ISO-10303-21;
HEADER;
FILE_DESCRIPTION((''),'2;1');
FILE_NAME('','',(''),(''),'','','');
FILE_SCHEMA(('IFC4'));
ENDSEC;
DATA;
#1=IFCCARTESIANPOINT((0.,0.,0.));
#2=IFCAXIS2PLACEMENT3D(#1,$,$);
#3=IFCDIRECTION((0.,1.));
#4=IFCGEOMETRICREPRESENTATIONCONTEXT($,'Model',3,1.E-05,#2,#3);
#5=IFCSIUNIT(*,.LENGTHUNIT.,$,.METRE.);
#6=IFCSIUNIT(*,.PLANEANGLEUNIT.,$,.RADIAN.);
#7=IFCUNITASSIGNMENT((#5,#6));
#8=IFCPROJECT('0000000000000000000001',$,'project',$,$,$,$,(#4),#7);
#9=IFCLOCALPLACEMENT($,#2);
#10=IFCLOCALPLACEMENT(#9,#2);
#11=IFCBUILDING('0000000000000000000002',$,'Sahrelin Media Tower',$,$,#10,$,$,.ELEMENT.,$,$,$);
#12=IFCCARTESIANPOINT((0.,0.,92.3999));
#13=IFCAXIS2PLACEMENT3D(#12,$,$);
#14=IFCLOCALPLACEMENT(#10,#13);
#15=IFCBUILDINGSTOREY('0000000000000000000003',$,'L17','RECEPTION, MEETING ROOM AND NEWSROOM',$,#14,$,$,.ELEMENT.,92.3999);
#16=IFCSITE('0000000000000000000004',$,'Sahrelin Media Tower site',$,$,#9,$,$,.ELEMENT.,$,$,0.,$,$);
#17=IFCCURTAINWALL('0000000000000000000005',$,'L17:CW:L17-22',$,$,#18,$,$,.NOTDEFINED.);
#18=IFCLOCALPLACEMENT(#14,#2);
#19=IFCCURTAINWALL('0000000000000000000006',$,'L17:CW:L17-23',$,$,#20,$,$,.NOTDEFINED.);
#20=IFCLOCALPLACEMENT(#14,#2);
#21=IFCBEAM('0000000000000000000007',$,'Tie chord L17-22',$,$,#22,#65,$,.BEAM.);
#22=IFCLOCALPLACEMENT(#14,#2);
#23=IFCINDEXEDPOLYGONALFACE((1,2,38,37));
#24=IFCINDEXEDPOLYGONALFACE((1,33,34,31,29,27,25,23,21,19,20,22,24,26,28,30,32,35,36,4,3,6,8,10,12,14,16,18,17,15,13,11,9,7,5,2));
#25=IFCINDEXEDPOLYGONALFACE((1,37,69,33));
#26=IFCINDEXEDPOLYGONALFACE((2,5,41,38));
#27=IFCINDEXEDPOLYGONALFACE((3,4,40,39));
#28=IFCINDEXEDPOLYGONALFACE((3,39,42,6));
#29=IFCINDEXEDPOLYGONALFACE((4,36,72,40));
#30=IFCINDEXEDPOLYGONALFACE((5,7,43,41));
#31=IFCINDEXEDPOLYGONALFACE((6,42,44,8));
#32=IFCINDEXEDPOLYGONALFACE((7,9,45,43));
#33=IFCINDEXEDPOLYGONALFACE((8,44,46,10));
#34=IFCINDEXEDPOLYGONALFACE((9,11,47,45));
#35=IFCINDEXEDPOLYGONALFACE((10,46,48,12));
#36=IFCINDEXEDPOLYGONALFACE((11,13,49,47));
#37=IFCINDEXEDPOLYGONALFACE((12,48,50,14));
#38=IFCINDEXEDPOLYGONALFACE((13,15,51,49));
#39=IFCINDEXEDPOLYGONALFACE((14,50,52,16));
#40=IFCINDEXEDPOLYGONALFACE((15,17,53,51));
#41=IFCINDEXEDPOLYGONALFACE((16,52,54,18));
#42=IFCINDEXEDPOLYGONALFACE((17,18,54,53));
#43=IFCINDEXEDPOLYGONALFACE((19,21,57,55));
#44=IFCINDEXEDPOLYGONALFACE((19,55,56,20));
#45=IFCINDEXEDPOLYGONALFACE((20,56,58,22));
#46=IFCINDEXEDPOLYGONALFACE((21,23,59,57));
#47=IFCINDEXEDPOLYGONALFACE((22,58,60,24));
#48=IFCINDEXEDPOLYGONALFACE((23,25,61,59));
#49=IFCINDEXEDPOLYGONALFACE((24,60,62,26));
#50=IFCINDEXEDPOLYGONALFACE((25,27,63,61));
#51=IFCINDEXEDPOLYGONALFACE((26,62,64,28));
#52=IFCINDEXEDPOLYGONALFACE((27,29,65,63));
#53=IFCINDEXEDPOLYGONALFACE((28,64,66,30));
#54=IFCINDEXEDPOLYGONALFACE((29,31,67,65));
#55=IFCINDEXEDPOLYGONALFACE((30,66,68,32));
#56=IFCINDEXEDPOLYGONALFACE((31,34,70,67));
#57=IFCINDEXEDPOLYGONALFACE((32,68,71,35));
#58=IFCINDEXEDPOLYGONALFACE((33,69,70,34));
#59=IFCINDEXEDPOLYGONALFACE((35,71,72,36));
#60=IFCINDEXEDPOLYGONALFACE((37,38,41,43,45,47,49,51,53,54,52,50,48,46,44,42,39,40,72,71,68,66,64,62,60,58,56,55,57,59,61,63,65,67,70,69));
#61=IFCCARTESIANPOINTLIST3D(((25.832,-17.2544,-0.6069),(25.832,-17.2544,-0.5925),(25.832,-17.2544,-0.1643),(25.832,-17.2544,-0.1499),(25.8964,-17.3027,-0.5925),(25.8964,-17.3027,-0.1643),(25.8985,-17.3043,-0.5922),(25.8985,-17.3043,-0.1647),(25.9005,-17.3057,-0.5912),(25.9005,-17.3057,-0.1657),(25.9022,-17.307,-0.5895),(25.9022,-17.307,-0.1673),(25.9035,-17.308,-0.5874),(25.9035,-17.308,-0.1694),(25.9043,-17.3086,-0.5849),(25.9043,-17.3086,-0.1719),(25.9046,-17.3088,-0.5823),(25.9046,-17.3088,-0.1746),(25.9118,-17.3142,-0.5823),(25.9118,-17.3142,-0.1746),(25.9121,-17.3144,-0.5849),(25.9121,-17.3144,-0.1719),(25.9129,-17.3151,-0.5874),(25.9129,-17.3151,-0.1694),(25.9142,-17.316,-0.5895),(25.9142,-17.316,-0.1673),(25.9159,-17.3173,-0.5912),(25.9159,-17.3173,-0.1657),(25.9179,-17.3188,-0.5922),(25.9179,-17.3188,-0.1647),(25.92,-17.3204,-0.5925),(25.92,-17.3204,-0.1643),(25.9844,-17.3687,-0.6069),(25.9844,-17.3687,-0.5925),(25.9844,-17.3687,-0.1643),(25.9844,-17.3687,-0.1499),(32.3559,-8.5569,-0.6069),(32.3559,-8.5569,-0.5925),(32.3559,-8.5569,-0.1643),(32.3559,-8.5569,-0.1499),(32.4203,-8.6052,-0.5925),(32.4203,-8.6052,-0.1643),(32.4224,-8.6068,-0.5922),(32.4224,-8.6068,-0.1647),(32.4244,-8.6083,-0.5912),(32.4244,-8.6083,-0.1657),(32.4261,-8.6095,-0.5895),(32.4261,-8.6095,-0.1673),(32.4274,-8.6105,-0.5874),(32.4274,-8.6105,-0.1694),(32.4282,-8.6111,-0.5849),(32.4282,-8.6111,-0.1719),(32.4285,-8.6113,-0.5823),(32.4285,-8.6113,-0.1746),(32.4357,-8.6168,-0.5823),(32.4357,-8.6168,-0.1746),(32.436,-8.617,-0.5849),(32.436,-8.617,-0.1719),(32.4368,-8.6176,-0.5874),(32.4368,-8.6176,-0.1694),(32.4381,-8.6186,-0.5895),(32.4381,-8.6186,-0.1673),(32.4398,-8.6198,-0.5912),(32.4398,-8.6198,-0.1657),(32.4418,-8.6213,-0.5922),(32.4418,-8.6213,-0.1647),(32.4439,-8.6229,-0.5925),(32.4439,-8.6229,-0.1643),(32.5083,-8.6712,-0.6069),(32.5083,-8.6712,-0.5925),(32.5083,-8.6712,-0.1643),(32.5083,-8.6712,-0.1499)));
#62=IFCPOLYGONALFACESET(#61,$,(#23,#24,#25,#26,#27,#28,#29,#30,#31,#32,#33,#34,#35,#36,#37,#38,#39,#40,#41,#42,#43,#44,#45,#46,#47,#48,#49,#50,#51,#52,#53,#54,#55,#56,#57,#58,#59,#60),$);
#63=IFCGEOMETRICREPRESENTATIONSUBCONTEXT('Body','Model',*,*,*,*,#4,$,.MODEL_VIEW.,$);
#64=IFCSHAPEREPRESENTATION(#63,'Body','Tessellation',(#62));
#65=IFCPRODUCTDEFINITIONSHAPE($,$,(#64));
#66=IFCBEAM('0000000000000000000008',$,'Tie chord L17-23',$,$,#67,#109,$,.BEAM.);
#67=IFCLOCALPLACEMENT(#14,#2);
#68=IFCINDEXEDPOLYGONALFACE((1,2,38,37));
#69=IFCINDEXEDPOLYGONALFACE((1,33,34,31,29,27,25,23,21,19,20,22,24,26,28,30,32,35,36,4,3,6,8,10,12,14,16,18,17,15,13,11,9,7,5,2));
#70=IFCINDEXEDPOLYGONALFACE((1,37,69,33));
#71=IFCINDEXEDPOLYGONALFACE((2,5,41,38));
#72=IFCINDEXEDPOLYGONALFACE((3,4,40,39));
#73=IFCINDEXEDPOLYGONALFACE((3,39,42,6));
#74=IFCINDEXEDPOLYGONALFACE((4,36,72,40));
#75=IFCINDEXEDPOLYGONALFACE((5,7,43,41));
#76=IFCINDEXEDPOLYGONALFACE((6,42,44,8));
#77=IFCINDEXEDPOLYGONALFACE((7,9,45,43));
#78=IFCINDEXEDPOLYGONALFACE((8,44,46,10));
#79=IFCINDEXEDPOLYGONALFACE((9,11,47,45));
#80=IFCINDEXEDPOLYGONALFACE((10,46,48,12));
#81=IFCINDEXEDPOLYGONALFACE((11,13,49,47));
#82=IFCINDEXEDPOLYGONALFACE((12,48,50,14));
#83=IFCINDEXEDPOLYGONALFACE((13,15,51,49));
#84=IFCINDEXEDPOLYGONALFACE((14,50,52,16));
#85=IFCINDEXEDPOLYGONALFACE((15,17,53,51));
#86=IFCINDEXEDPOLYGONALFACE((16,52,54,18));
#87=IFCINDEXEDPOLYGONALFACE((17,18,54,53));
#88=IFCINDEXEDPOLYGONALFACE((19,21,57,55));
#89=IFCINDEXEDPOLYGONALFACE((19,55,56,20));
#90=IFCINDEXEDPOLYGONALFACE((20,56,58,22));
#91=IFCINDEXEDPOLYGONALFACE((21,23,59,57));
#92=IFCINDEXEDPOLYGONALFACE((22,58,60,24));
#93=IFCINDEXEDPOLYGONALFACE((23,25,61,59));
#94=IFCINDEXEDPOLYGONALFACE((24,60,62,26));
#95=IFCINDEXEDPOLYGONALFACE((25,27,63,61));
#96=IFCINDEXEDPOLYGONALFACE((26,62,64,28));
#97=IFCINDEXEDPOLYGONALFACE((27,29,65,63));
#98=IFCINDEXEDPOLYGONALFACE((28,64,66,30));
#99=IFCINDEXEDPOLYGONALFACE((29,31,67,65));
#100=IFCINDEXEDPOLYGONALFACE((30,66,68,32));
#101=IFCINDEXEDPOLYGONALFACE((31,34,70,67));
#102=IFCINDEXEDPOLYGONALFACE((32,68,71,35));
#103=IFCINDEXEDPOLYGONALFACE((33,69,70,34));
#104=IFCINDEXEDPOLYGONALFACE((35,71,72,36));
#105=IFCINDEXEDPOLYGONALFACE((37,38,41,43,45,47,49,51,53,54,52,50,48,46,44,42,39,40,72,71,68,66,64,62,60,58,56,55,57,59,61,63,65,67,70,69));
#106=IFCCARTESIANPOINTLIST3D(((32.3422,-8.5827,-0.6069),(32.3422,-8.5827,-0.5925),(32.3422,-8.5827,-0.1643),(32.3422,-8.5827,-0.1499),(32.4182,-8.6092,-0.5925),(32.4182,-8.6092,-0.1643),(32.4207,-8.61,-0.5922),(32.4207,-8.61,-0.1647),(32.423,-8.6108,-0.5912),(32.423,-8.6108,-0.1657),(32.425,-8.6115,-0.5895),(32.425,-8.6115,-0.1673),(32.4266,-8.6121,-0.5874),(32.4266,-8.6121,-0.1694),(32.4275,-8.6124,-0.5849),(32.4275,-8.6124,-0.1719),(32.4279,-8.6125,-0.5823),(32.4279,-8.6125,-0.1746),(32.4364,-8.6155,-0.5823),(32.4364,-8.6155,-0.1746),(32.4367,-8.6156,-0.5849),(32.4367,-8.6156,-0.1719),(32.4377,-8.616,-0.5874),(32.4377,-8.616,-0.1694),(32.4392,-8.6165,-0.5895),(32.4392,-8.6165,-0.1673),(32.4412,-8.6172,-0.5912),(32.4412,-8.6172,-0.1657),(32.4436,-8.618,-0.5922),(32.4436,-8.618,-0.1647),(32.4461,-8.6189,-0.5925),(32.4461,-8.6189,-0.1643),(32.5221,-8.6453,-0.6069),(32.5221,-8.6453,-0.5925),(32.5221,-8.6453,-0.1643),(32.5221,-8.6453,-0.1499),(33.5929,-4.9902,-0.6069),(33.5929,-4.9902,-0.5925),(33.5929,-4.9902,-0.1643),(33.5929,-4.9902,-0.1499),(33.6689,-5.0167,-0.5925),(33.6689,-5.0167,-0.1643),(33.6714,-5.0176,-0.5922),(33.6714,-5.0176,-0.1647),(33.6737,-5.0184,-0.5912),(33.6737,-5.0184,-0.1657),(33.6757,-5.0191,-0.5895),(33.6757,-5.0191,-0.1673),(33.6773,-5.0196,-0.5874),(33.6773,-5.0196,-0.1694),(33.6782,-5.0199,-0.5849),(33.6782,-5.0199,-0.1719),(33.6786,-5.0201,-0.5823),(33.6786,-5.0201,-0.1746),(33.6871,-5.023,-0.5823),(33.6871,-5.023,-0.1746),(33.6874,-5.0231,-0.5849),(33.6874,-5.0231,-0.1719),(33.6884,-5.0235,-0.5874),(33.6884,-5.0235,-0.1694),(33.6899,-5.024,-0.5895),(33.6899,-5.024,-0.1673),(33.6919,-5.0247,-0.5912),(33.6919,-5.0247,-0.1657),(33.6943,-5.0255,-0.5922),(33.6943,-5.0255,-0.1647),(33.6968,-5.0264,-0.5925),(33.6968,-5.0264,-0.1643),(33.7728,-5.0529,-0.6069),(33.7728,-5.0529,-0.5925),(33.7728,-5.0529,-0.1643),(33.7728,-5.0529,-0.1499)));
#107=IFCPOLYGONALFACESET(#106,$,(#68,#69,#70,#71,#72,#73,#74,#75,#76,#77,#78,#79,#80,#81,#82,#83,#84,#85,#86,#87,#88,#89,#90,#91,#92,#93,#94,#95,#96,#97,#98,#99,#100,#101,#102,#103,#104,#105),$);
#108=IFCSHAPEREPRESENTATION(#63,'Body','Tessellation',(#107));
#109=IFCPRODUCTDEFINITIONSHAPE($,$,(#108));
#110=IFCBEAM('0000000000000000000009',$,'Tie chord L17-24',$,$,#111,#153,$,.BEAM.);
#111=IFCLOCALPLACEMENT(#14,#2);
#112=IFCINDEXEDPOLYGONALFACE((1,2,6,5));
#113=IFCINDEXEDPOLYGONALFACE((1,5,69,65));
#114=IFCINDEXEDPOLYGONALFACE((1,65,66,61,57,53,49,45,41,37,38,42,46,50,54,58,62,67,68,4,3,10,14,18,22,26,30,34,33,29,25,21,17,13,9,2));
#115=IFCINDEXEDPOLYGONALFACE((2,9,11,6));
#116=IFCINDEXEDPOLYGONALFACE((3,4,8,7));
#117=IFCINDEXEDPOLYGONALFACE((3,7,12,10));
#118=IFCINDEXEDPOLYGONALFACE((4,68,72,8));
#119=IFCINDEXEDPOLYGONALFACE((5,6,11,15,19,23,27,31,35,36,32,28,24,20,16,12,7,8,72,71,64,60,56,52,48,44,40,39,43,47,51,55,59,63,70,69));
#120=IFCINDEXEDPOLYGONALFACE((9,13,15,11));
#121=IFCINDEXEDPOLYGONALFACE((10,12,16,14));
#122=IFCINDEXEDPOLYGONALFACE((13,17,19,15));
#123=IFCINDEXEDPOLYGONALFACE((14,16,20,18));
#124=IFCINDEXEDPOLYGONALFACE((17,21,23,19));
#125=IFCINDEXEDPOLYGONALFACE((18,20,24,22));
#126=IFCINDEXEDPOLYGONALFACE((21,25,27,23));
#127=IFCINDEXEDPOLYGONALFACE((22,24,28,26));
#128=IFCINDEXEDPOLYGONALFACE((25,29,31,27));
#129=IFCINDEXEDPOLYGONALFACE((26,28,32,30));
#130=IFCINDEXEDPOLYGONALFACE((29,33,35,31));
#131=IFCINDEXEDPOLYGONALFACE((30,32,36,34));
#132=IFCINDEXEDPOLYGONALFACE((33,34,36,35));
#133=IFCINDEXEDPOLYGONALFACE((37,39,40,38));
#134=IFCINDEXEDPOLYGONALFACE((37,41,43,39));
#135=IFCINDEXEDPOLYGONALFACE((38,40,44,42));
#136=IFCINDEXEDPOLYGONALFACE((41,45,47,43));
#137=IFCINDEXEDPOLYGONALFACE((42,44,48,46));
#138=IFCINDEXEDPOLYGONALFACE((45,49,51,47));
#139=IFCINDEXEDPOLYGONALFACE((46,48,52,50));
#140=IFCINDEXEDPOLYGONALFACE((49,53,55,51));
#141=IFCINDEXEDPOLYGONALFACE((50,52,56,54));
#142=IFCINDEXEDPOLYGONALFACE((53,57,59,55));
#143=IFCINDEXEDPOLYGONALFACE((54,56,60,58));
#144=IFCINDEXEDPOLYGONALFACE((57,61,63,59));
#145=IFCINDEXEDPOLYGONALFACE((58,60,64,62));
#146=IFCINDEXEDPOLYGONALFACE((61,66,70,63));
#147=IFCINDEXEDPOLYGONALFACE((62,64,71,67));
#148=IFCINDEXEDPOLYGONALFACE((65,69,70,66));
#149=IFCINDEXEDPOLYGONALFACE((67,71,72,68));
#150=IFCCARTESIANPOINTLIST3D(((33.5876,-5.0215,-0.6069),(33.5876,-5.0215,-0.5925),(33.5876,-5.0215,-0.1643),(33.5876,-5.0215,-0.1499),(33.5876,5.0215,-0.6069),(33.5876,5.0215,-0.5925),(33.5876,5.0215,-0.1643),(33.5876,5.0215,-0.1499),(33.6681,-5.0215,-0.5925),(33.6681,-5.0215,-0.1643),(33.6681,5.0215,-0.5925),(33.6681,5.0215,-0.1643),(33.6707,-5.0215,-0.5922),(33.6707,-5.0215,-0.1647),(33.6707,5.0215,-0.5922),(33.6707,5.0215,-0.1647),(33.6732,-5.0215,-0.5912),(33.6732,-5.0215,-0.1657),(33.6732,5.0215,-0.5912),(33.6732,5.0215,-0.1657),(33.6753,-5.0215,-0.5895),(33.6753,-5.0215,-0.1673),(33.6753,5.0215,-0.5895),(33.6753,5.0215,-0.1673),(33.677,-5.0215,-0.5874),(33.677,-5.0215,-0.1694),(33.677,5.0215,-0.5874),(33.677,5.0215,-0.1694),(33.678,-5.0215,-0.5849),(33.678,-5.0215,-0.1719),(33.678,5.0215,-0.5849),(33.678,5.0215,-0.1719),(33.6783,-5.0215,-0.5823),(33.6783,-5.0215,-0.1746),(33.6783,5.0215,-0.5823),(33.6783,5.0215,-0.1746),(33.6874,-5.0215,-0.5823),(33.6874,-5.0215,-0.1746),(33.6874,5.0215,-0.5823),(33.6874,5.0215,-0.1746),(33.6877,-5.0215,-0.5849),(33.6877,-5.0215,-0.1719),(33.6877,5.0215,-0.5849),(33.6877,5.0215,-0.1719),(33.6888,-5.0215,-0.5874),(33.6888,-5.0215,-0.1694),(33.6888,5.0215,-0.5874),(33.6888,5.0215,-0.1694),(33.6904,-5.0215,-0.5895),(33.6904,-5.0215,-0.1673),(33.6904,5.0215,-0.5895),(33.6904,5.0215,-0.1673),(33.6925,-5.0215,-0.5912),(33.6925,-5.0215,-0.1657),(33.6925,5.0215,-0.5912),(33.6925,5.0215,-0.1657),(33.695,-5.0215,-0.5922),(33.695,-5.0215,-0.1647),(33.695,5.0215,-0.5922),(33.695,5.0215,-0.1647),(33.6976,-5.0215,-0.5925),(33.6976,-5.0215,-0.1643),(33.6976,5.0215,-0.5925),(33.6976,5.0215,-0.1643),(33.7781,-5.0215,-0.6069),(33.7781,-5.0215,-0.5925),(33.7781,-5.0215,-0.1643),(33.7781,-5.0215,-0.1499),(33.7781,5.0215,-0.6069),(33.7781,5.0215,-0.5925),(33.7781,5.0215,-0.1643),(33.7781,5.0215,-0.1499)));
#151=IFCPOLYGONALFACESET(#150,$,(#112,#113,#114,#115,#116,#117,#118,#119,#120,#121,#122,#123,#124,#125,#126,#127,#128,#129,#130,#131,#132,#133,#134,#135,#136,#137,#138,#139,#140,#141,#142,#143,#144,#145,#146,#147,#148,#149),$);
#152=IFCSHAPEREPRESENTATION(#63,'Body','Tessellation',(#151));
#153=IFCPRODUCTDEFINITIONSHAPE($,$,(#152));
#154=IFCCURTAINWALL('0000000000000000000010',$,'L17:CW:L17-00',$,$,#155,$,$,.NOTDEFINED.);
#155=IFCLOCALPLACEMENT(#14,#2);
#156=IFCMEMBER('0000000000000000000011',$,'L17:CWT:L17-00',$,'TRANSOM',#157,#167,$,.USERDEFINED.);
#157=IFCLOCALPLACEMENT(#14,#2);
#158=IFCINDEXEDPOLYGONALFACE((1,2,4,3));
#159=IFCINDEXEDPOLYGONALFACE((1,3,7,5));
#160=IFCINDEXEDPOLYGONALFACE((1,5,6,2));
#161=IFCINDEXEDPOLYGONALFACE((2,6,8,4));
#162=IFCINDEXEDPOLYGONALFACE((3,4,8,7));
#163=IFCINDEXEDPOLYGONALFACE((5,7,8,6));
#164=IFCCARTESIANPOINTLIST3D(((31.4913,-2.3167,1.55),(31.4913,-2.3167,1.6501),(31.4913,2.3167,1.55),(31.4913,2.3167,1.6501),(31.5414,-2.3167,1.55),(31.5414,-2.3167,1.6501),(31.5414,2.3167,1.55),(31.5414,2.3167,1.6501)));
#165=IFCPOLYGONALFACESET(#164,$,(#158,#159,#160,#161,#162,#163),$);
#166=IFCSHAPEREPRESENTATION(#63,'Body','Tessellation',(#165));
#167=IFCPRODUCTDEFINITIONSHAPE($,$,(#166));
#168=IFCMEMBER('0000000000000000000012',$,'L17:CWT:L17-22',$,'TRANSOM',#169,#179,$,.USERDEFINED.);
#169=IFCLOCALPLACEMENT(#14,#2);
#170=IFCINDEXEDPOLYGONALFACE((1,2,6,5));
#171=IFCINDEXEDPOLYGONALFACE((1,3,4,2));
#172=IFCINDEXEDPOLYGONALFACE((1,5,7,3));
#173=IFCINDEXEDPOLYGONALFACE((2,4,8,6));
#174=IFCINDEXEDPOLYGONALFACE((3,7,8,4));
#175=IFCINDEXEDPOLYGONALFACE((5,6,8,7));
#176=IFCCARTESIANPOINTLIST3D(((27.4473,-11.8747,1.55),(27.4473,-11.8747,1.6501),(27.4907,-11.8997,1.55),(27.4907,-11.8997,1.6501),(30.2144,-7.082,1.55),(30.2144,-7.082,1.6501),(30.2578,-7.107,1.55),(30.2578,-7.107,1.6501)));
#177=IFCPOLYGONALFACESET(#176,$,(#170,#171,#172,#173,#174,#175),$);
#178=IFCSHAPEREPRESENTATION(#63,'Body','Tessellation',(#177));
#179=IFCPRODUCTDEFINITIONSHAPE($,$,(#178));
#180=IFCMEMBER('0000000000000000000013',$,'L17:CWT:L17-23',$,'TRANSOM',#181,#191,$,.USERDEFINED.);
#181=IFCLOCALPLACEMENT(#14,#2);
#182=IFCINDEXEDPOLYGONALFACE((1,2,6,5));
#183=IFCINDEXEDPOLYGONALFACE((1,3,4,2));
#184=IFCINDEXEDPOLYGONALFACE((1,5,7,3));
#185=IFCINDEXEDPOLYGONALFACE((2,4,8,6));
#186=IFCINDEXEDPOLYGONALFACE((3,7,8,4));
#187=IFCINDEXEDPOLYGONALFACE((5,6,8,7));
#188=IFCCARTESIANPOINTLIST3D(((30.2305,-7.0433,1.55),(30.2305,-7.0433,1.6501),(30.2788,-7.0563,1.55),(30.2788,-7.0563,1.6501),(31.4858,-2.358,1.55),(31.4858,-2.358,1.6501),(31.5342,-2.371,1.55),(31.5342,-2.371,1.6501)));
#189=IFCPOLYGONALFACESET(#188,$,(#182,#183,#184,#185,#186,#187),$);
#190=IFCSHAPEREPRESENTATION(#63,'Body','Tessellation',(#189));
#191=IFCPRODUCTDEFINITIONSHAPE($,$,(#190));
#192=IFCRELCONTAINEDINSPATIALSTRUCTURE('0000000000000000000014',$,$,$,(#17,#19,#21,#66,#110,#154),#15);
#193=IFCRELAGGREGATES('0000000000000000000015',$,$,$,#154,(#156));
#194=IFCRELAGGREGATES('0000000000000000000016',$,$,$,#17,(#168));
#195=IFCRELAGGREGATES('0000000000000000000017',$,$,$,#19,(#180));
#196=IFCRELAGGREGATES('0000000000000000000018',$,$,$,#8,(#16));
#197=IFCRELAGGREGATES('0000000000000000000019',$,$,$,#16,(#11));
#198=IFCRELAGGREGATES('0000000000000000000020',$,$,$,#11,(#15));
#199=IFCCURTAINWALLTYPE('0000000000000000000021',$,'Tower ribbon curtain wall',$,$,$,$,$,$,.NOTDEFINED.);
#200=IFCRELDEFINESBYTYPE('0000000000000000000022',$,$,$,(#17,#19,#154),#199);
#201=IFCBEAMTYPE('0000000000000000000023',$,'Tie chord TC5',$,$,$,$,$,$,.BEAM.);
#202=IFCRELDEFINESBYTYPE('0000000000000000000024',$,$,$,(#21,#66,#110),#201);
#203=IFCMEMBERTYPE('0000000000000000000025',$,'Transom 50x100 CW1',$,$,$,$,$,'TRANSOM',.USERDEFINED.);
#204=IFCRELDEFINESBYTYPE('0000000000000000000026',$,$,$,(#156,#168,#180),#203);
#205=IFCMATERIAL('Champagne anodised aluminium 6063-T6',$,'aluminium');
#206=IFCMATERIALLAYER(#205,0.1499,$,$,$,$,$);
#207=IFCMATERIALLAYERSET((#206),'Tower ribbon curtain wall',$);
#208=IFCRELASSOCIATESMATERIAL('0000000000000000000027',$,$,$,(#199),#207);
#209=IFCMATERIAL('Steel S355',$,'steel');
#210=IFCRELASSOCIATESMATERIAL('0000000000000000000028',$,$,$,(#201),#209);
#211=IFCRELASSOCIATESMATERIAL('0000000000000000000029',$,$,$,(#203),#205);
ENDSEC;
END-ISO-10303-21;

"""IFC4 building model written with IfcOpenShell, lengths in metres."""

from ifc_helpers import new_model, si_unit, direction, frame, origin, origin_2d, place, context, subcontext, project, spatial, rectangle, i_section, extrude, material, layer, layer_set, material_profile, profile_set, type_object, element, aggregate, save


model = new_model("IFC4")

# Units and contexts
model_context = context("Model", 3, precision=1e-05, world=origin(), true_north=direction((0.0, 1.0)))
body_context = subcontext(model_context, "Body", "Model", "MODEL_VIEW")
ifc_project = project(units=[si_unit("LENGTHUNIT", "METRE"), si_unit("PLANEANGLEUNIT", "RADIAN")], contexts=[model_context])

# Site, building, storey
site_placement = place(None, origin())
site = spatial("IfcSite", under=ifc_project, at=site_placement, Name="Sahrelin Media Tower site", CompositionType="ELEMENT", RefElevation=0.0)
building_placement = place(site_placement, origin())
building = spatial("IfcBuilding", under=site, at=building_placement, Name="Sahrelin Media Tower", CompositionType="ELEMENT")
storey_placement = place(building_placement, frame((0.0, 0.0, 92.3999)))
storey = spatial("IfcBuildingStorey", under=building, at=storey_placement, Name="L17", Description="RECEPTION, MEETING ROOM AND NEWSROOM", CompositionType="ELEMENT", Elevation=92.3999)

# Shared definitions
ifc_material_1 = material(Name="Steel S355", Category="steel")

# Curtain walls
ifc_material_2 = material(Name="Champagne anodised aluminium 6063-T6", Category="aluminium")
ifc_layer_1 = layer(ifc_material_2, 0.1499)
ifc_layer_set_1 = layer_set([ifc_layer_1], Name="Tower ribbon curtain wall")
curtain_wall_type = type_object("IfcCurtainWallType", Name="Tower ribbon curtain wall", PredefinedType="NOTDEFINED", material=ifc_layer_set_1)
curtain_wall_1_placement = place(storey_placement, frame((29.0215, -9.5884, 0.0), z_axis=(0.0, 0.0, 1.0), x_axis=(1.0, 0.0, 0.0)))
curtain_wall_1 = element("IfcCurtainWall", 1, at=curtain_wall_1_placement, inside=storey, type_object=curtain_wall_type, Name="L17:CW:L17-22", PredefinedType="NOTDEFINED")
curtain_wall_2_placement = place(storey_placement, frame((31.0708, -4.7576, 0.0), z_axis=(0.0, 0.0, 1.0), x_axis=(1.0, 0.0, 0.0)))
curtain_wall_2 = element("IfcCurtainWall", 2, at=curtain_wall_2_placement, inside=storey, type_object=curtain_wall_type, Name="L17:CW:L17-23", PredefinedType="NOTDEFINED")

# Beams
ifc_material_profile_1 = material_profile(ifc_material_1, i_section(OverallWidth=0.1904, OverallDepth=0.457, WebThickness=0.009, FlangeThickness=0.0144, FilletRadius=0.0103, at=origin_2d()), Name="UB 457x191x74")
ifc_profile_set_1 = profile_set([ifc_material_profile_1], Name="Steel S355")
beam_type_1 = type_object("IfcBeamType", Name="Tie chord TC5", PredefinedType="BEAM", material=ifc_profile_set_1)
beam_1_placement = place(storey_placement, frame((25.9082, -17.3115, -0.3784), z_axis=(0.600047, 0.799965, 0.0), x_axis=(-0.799965, 0.600047, 0.0)))
element("IfcBeam", 3, at=beam_1_placement, inside=storey, type_object=beam_type_1, Name="Tie chord L17-22", PredefinedType="BEAM", context=body_context, shape_type="SweptSolid", body=[
    extrude(i_section(OverallWidth=0.1904, OverallDepth=0.457, WebThickness=0.009, FlangeThickness=0.0144, FilletRadius=0.0103, at=origin_2d()), origin(), (0.0, 0.0, 1.0), 10.8723),
])
beam_2_placement = place(storey_placement, frame((32.4321, -8.614, -0.3784), z_axis=(0.328792, 0.944402, 0.0), x_axis=(-0.944402, 0.328792, 0.0)))
element("IfcBeam", 4, at=beam_2_placement, inside=storey, type_object=beam_type_1, Name="Tie chord L17-23", PredefinedType="BEAM", context=body_context, shape_type="SweptSolid", body=[
    extrude(i_section(OverallWidth=0.1904, OverallDepth=0.457, WebThickness=0.009, FlangeThickness=0.0144, FilletRadius=0.0103, at=origin_2d()), origin(), (0.0, 0.0, 1.0), 3.804),
])
beam_3_placement = place(storey_placement, frame((33.6829, -5.0215, -0.3784), z_axis=(0.0, 1.0, 0.0), x_axis=(-1.0, 0.0, 0.0)))
element("IfcBeam", 5, at=beam_3_placement, inside=storey, type_object=beam_type_1, Name="Tie chord L17-24", PredefinedType="BEAM", context=body_context, shape_type="SweptSolid", body=[
    extrude(i_section(OverallWidth=0.1904, OverallDepth=0.457, WebThickness=0.009, FlangeThickness=0.0144, FilletRadius=0.0103, at=origin_2d()), origin(), (0.0, 0.0, 1.0), 10.043),
])

# Curtain wall, member
curtain_wall_3_placement = place(storey_placement, frame((31.7112, 0.0, 0.0), z_axis=(0.0, 0.0, 1.0), x_axis=(1.0, 0.0, 0.0)))
curtain_wall_3 = element("IfcCurtainWall", 6, at=curtain_wall_3_placement, inside=storey, type_object=curtain_wall_type, Name="L17:CW:L17-00", PredefinedType="NOTDEFINED")
ifc_material_profile_2 = material_profile(ifc_material_2, rectangle(XDim=0.05, YDim=0.1001, at=origin_2d()), Name="Transom 50x100")
ifc_profile_set_2 = profile_set([ifc_material_profile_2], Name="Champagne anodised aluminium 6063-T6")
member_type_1 = type_object("IfcMemberType", Name="Transom 50x100 CW1", ElementType="TRANSOM", PredefinedType="USERDEFINED", material=ifc_profile_set_2)
member_1_placement = place(storey_placement, frame((31.5164, -2.3167, 1.6001), z_axis=(0.0, 1.0, 0.0), x_axis=(-1.0, 0.0, 0.0)))
member_1 = element("IfcMember", 7, at=member_1_placement, type_object=member_type_1, Name="L17:CWT:L17-00", ObjectType="TRANSOM", PredefinedType="USERDEFINED", context=body_context, shape_type="SweptSolid", body=[
    extrude(rectangle(XDim=0.05, YDim=0.1001, at=origin_2d()), origin(), (0.0, 0.0, 1.0), 4.6333),
])

# Members
member_2_placement = place(storey_placement, frame((27.469, -11.8872, 1.6001), z_axis=(0.500001, 0.866025, 0.0), x_axis=(-0.866025, 0.500001, 0.0)))
member_2 = element("IfcMember", 8, at=member_2_placement, type_object=member_type_1, Name="L17:CWT:L17-22", ObjectType="TRANSOM", PredefinedType="USERDEFINED", context=body_context, shape_type="SweptSolid", body=[
    extrude(rectangle(XDim=0.05, YDim=0.1001, at=origin_2d()), origin(), (0.0, 0.0, 1.0), 5.5342),
])
member_3_placement = place(storey_placement, frame((30.2546, -7.0498, 1.6001), z_axis=(0.258809, 0.965929, 0.0), x_axis=(-0.965929, 0.258809, 0.0)))
member_3 = element("IfcMember", 9, at=member_3_placement, type_object=member_type_1, Name="L17:CWT:L17-23", ObjectType="TRANSOM", PredefinedType="USERDEFINED", context=body_context, shape_type="SweptSolid", body=[
    extrude(rectangle(XDim=0.05, YDim=0.1001, at=origin_2d()), origin(), (0.0, 0.0, 1.0), 4.8506),
])

aggregate(curtain_wall_3, [member_1])
aggregate(curtain_wall_1, [member_2])
aggregate(curtain_wall_2, [member_3])

save(model, "model.ifc")
